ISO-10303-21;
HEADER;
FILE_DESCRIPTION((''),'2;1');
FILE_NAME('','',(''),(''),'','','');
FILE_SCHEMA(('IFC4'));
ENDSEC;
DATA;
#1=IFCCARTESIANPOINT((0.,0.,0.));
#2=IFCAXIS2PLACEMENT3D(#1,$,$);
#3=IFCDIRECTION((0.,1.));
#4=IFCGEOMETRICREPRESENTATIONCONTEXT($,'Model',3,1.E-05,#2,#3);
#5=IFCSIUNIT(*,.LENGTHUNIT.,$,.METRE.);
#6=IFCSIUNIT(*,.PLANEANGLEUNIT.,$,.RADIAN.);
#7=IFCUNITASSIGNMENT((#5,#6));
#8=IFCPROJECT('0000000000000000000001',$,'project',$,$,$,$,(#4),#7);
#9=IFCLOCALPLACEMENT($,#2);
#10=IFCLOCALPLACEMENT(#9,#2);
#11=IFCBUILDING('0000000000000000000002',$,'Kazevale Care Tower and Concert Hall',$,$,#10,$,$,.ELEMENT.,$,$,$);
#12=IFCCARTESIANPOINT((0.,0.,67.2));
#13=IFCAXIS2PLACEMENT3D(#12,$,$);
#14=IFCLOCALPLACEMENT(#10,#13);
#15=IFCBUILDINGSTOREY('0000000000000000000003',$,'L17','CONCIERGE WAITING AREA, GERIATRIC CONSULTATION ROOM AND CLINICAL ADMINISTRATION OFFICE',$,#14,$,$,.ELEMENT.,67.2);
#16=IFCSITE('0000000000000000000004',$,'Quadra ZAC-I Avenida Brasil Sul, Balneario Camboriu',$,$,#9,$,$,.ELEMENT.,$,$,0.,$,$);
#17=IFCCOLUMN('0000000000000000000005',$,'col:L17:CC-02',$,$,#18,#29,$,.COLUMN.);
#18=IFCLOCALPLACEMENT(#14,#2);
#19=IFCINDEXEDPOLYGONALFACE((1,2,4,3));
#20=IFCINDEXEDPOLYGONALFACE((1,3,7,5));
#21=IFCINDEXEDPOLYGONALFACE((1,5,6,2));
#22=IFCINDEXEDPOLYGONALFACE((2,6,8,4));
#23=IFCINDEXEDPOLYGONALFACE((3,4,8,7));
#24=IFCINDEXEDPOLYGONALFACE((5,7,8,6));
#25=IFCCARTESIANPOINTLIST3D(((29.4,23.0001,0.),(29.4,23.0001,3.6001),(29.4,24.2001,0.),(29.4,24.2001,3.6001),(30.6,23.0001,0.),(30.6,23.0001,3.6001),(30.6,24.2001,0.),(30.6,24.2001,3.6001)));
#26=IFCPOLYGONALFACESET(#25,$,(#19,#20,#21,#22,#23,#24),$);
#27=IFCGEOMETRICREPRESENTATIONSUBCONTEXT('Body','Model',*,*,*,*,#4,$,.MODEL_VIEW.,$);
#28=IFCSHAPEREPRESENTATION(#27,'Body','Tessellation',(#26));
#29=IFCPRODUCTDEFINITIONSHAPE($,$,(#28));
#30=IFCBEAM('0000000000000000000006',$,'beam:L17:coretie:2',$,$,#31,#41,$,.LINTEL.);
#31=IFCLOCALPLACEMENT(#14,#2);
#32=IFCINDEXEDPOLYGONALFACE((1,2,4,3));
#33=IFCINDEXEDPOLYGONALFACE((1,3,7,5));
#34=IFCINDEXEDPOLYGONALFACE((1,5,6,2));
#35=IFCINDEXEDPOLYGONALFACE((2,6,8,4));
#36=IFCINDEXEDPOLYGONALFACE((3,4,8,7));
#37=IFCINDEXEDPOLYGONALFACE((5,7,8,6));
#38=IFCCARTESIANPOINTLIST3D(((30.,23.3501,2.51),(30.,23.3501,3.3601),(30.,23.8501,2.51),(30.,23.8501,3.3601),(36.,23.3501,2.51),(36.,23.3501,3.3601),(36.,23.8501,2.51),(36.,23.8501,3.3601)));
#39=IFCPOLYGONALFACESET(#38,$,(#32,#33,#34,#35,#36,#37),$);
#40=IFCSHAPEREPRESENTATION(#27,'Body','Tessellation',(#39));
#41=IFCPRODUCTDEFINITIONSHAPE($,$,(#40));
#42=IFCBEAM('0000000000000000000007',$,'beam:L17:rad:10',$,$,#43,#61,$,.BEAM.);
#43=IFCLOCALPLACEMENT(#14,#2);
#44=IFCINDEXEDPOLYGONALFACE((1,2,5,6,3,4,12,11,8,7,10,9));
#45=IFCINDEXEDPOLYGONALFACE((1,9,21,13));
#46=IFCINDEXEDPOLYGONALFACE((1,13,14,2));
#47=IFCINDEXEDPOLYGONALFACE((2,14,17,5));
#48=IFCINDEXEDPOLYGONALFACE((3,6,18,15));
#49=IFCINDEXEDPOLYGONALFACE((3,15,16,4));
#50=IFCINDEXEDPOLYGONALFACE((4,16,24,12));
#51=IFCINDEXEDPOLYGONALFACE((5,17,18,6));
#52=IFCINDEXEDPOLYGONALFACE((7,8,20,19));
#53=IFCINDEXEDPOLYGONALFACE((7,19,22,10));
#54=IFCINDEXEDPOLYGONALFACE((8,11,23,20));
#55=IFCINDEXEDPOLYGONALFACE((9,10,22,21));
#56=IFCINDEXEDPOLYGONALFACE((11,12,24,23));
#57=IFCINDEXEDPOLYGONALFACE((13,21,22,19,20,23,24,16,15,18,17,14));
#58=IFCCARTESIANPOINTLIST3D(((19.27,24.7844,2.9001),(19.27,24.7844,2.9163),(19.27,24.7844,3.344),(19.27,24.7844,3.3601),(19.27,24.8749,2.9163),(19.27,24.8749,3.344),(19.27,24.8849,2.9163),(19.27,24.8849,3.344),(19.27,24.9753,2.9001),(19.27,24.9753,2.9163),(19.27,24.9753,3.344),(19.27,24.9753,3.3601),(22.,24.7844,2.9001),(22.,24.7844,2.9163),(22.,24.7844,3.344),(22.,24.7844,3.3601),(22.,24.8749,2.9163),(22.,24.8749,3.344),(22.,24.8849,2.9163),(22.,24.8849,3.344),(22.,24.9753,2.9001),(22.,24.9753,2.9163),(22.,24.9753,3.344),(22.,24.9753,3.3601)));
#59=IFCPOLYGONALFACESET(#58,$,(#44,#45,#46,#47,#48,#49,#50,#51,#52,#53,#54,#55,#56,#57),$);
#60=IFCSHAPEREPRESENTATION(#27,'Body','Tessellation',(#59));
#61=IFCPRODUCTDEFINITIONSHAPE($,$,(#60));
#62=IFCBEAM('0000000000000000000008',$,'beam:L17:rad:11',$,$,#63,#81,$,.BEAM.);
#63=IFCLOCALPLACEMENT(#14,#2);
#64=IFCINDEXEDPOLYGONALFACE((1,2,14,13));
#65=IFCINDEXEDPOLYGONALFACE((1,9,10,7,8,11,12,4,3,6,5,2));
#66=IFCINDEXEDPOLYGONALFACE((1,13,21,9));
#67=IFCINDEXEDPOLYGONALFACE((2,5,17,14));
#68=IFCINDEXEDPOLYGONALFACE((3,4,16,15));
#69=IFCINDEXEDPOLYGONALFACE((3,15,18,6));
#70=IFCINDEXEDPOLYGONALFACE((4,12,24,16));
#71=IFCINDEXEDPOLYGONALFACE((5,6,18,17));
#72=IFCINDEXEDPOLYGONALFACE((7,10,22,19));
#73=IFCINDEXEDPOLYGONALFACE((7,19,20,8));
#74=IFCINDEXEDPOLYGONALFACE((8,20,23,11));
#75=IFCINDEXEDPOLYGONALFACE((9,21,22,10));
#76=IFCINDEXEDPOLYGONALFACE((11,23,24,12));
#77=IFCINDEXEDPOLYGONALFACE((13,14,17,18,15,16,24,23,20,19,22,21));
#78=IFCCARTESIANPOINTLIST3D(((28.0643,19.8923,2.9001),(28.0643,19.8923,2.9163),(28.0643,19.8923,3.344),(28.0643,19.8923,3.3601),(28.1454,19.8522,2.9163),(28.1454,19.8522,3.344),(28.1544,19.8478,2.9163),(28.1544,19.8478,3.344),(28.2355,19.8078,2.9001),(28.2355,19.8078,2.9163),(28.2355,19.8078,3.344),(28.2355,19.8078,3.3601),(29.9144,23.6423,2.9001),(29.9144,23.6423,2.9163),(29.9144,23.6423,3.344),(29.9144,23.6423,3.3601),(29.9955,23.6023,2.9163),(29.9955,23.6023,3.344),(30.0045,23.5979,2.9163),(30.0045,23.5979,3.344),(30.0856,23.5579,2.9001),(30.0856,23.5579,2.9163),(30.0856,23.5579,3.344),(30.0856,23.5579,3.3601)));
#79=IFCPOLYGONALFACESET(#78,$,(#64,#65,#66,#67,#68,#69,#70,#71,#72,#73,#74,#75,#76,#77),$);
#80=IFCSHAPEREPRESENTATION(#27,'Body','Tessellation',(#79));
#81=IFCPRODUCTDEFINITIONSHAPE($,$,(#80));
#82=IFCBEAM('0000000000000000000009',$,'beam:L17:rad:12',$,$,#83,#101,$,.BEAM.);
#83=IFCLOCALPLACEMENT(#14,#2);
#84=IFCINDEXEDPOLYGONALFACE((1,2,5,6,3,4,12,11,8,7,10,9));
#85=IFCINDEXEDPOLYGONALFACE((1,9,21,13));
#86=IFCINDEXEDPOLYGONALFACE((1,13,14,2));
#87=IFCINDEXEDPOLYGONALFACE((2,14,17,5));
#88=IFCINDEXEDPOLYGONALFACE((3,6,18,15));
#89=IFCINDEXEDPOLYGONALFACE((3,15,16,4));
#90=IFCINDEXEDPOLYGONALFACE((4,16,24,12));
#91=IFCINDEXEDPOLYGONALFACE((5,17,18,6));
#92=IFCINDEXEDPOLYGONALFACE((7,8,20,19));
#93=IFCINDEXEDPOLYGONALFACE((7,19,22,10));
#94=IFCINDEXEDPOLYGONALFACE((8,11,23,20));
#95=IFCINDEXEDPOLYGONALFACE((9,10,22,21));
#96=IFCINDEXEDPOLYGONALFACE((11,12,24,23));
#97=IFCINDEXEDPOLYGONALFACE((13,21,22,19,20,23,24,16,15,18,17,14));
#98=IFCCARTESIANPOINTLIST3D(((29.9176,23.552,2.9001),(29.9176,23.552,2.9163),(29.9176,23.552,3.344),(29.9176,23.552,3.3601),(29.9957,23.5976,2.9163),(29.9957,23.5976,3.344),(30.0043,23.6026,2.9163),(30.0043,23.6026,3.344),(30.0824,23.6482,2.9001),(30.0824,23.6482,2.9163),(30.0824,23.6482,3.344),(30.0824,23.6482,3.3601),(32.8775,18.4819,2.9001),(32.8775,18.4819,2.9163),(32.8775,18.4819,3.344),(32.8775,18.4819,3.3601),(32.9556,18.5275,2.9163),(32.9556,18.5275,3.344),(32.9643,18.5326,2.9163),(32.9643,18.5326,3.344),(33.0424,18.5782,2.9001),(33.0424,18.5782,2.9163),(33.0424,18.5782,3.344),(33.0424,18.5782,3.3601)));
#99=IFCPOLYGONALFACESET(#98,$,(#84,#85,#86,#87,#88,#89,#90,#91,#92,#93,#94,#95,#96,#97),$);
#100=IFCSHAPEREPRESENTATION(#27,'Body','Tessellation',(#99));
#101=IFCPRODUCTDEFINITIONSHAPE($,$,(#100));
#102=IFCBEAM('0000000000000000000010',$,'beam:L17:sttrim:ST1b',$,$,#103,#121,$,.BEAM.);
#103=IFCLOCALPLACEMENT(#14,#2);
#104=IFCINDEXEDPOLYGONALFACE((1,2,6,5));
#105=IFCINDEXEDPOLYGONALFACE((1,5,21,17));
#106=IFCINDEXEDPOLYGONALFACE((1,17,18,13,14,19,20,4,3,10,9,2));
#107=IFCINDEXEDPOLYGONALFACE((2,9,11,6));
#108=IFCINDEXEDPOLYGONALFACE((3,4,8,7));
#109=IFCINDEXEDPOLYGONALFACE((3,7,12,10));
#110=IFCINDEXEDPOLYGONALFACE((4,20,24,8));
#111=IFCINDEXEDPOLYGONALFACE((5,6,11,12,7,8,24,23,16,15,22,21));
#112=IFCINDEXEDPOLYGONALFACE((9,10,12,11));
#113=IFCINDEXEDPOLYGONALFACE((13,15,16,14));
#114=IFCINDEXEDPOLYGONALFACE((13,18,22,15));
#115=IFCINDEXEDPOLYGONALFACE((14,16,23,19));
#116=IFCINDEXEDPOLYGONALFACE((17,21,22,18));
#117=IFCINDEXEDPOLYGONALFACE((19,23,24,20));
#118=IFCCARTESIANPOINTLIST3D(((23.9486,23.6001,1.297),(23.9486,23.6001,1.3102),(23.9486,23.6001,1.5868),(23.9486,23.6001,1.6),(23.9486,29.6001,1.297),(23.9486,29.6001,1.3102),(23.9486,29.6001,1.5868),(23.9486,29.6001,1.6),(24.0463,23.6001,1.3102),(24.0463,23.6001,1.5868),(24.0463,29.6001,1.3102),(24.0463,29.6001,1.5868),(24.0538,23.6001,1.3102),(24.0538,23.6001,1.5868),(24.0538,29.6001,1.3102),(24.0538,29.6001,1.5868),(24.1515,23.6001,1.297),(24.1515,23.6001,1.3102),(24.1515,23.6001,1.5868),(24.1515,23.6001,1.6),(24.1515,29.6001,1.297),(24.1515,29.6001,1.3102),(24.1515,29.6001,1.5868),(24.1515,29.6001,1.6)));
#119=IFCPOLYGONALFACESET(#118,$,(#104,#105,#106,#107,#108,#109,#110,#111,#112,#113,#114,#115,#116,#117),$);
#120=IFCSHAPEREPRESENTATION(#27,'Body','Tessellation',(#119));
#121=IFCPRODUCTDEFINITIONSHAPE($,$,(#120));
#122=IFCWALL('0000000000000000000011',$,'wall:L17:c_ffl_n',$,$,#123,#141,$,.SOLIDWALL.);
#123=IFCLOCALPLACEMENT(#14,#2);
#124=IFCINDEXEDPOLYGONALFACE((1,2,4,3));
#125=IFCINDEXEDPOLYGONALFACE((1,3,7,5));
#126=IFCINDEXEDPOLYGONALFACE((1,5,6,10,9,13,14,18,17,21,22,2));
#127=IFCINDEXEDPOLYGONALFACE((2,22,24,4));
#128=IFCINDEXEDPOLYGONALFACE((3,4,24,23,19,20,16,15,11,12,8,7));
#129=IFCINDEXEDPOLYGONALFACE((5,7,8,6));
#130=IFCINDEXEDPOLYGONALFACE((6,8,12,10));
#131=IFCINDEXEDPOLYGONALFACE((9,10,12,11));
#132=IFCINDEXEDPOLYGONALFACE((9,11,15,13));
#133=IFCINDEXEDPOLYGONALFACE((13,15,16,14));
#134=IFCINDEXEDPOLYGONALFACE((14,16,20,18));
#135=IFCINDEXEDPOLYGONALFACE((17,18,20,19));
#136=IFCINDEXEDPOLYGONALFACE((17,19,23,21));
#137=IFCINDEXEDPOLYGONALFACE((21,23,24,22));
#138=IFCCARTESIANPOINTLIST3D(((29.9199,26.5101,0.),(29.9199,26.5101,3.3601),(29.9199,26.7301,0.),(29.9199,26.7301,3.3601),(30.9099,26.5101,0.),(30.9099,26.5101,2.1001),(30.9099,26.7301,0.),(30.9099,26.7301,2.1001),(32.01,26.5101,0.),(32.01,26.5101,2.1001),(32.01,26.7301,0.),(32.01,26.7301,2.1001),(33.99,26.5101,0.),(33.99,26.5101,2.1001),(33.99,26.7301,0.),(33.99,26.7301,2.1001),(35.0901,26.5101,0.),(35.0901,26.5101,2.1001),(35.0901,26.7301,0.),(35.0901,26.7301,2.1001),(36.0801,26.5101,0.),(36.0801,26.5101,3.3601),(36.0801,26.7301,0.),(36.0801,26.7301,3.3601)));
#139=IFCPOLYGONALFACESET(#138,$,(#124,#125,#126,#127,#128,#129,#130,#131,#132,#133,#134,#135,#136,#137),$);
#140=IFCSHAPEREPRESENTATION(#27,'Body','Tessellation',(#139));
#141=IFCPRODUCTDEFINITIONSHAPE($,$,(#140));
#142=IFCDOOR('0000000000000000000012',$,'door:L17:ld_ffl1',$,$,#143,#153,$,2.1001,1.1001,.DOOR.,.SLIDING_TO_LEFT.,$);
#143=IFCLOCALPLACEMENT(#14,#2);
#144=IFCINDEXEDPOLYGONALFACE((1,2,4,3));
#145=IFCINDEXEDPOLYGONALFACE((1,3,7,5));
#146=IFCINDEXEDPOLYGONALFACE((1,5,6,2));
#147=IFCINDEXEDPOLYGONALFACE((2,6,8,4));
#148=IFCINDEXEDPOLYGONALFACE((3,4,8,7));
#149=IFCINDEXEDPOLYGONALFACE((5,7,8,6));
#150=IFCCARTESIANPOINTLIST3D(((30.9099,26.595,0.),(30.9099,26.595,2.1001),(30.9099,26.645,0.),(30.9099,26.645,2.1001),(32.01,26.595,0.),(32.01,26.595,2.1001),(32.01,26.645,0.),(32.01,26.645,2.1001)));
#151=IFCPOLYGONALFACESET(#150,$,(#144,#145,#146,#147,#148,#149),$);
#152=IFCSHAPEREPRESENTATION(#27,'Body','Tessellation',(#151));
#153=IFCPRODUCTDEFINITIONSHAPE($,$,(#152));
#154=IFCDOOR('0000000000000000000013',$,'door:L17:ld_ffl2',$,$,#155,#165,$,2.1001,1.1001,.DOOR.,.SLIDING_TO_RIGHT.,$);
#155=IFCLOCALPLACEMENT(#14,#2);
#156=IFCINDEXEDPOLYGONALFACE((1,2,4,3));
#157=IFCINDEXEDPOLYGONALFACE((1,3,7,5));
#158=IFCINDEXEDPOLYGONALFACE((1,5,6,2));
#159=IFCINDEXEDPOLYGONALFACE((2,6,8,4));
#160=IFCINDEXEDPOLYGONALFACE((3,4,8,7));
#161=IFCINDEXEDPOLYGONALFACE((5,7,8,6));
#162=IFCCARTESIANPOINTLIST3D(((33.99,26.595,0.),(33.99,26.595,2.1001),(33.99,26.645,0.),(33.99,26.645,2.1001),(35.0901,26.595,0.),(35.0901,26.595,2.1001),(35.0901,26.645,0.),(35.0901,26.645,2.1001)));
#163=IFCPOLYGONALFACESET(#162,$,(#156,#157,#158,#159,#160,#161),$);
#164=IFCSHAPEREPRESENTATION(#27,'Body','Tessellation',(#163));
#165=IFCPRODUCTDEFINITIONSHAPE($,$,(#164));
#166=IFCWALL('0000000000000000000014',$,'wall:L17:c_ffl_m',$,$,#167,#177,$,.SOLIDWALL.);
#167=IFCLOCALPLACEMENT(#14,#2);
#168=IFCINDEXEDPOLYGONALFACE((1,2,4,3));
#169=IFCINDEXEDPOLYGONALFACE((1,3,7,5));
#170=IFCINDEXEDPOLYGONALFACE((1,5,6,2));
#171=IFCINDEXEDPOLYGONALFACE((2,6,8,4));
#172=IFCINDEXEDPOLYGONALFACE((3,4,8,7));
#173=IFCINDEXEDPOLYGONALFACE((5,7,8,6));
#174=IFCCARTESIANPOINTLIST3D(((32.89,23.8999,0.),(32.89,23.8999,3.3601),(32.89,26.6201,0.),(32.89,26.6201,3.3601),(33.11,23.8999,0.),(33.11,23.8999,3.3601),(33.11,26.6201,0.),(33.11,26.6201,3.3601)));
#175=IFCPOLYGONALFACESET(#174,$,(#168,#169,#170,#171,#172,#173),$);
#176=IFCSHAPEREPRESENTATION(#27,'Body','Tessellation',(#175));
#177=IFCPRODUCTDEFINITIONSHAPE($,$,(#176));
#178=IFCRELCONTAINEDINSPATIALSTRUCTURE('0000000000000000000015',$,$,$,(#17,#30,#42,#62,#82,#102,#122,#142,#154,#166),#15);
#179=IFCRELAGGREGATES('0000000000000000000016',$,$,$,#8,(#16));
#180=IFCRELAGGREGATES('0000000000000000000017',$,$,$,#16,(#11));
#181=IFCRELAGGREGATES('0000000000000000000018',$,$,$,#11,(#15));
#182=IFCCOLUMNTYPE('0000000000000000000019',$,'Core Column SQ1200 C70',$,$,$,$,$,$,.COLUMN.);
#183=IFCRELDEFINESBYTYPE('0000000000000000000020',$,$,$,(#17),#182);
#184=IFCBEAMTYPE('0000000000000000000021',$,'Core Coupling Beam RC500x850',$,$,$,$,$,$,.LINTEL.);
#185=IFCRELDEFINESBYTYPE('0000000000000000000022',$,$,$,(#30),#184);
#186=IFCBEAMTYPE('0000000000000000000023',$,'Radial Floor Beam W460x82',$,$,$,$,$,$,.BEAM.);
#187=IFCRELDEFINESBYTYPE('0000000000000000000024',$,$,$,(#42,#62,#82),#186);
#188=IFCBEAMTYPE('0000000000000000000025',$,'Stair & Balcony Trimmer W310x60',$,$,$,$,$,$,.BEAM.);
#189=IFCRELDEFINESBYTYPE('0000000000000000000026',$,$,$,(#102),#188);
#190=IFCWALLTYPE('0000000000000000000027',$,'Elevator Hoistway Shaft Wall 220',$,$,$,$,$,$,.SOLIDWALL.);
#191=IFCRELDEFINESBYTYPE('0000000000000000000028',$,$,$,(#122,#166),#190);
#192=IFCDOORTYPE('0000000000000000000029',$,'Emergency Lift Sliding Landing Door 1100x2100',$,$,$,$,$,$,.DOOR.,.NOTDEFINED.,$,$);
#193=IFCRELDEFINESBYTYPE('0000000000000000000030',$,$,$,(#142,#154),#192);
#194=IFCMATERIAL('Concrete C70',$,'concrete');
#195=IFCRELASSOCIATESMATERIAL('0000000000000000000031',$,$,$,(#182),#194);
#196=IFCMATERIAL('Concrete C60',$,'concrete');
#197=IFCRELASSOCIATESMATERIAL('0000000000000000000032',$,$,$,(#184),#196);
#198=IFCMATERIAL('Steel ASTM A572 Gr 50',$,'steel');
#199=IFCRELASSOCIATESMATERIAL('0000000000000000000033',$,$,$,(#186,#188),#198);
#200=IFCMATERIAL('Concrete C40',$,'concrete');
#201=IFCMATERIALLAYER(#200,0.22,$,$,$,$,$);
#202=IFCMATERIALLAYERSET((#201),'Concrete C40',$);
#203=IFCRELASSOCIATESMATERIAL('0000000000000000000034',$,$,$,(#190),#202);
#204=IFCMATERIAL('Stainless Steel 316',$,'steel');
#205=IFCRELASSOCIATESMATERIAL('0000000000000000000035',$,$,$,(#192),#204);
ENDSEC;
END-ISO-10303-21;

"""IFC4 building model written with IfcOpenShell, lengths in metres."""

from ifc_helpers import new_model, si_unit, direction, frame, frame_2d, origin, origin_2d, place, context, subcontext, project, spatial, rectangle, i_section, extrude, material, layer, layer_set, material_profile, profile_set, type_object, element, fill, save


model = new_model("IFC4")

# Units and contexts
model_context = context("Model", 3, precision=1e-05, world=origin(), true_north=direction((0.0, 1.0)))
body_context = subcontext(model_context, "Body", "Model", "MODEL_VIEW")
ifc_project = project(units=[si_unit("LENGTHUNIT", "METRE"), si_unit("PLANEANGLEUNIT", "RADIAN")], contexts=[model_context])

# Site, building, storey
site_placement = place(None, origin())
site = spatial("IfcSite", under=ifc_project, at=site_placement, Name="Quadra ZAC-I Avenida Brasil Sul, Balneario Camboriu", CompositionType="ELEMENT", RefElevation=0.0)
building_placement = place(site_placement, origin())
building = spatial("IfcBuilding", under=site, at=building_placement, Name="Kazevale Care Tower and Concert Hall", CompositionType="ELEMENT")
storey_placement = place(building_placement, frame((0.0, 0.0, 67.2)))
storey = spatial("IfcBuildingStorey", under=building, at=storey_placement, Name="L17", Description="CONCIERGE WAITING AREA, GERIATRIC CONSULTATION ROOM AND CLINICAL ADMINISTRATION OFFICE", CompositionType="ELEMENT", Elevation=67.2)

# Column
ifc_material_1 = material(Name="Concrete C70", Category="concrete")
ifc_material_profile_1 = material_profile(ifc_material_1, rectangle(XDim=1.2, YDim=1.2, at=origin_2d()), Name="RC-SQ1200")
ifc_profile_set_1 = profile_set([ifc_material_profile_1], Name="Concrete C70")
column_type = type_object("IfcColumnType", Name="Core Column SQ1200 C70", PredefinedType="COLUMN", material=ifc_profile_set_1)
column_placement = place(storey_placement, frame((30.0, 23.6001, 0.0), z_axis=(0.0, 0.0, 1.0), x_axis=(1.0, 0.0, 0.0)))
element("IfcColumn", 1, at=column_placement, inside=storey, type_object=column_type, Name="col:L17:CC-02", PredefinedType="COLUMN", context=body_context, shape_type="SweptSolid", body=[
    extrude(rectangle(XDim=1.2, YDim=1.2, at=origin_2d()), origin(), (0.0, 0.0, 1.0), 3.6001),
])

# Beams
ifc_material_2 = material(Name="Concrete C60", Category="concrete")
ifc_material_profile_2 = material_profile(ifc_material_2, rectangle(XDim=0.5, YDim=0.8501, at=origin_2d()), Name="RC-B500x850")
ifc_profile_set_2 = profile_set([ifc_material_profile_2], Name="Concrete C60")
beam_type_1 = type_object("IfcBeamType", Name="Core Coupling Beam RC500x850", PredefinedType="LINTEL", material=ifc_profile_set_2)
beam_1_placement = place(storey_placement, frame((30.0, 23.6001, 2.9351), z_axis=(1.0, 0.0, 0.0), x_axis=(0.0, 1.0, 0.0)))
element("IfcBeam", 2, at=beam_1_placement, inside=storey, type_object=beam_type_1, Name="beam:L17:coretie:2", PredefinedType="LINTEL", context=body_context, shape_type="SweptSolid", body=[
    extrude(rectangle(XDim=0.5, YDim=0.8501, at=origin_2d()), origin(), (0.0, 0.0, 1.0), 6.0),
])
ifc_material_3 = material(Name="Steel ASTM A572 Gr 50", Category="steel")
ifc_material_profile_3 = material_profile(ifc_material_3, i_section(OverallWidth=0.1909, OverallDepth=0.46, WebThickness=0.01, FlangeThickness=0.0161, at=origin_2d()), Name="W460x82")
ifc_profile_set_3 = profile_set([ifc_material_profile_3], Name="Steel ASTM A572 Gr 50")
beam_type_2 = type_object("IfcBeamType", Name="Radial Floor Beam W460x82", PredefinedType="BEAM", material=ifc_profile_set_3)
beam_2_placement = place(storey_placement, frame((22.0, 24.8799, 3.1301), z_axis=(-1.0, 0.0, 0.0), x_axis=(0.0, -1.0, 0.0)))
element("IfcBeam", 3, at=beam_2_placement, inside=storey, type_object=beam_type_2, Name="beam:L17:rad:10", PredefinedType="BEAM", context=body_context, shape_type="SweptSolid", body=[
    extrude(i_section(OverallWidth=0.1909, OverallDepth=0.46, WebThickness=0.01, FlangeThickness=0.0161, at=origin_2d()), origin(), (0.0, 0.0, 1.0), 2.73),
])
beam_3_placement = place(storey_placement, frame((30.0, 23.6001, 3.1301), z_axis=(-0.442443, -0.896797, 0.0), x_axis=(0.896797, -0.442443, 0.0)))
element("IfcBeam", 4, at=beam_3_placement, inside=storey, type_object=beam_type_2, Name="beam:L17:rad:11", PredefinedType="BEAM", context=body_context, shape_type="SweptSolid", body=[
    extrude(i_section(OverallWidth=0.1909, OverallDepth=0.46, WebThickness=0.01, FlangeThickness=0.0161, at=origin_2d()), origin(), (0.0, 0.0, 1.0), 4.1816),
])
beam_4_placement = place(storey_placement, frame((30.0, 23.6001, 3.1301), z_axis=(0.504179, -0.863599, 0.0), x_axis=(0.863599, 0.504179, 0.0)))
element("IfcBeam", 5, at=beam_4_placement, inside=storey, type_object=beam_type_2, Name="beam:L17:rad:12", PredefinedType="BEAM", context=body_context, shape_type="SweptSolid", body=[
    extrude(i_section(OverallWidth=0.1909, OverallDepth=0.46, WebThickness=0.01, FlangeThickness=0.0161, at=origin_2d()), origin(), (0.0, 0.0, 1.0), 5.8708),
])
ifc_material_profile_4 = material_profile(ifc_material_3, i_section(OverallWidth=0.2029, OverallDepth=0.303, WebThickness=0.0076, FlangeThickness=0.0132, at=origin_2d()), Name="W310x60")
ifc_profile_set_4 = profile_set([ifc_material_profile_4], Name="Steel ASTM A572 Gr 50")
beam_type_3 = type_object("IfcBeamType", Name="Stair & Balcony Trimmer W310x60", PredefinedType="BEAM", material=ifc_profile_set_4)
beam_5_placement = place(storey_placement, frame((24.05, 23.6001, 1.4485), z_axis=(0.0, 1.0, 0.0), x_axis=(-1.0, 0.0, 0.0)))
element("IfcBeam", 6, at=beam_5_placement, inside=storey, type_object=beam_type_3, Name="beam:L17:sttrim:ST1b", PredefinedType="BEAM", context=body_context, shape_type="SweptSolid", body=[
    extrude(i_section(OverallWidth=0.2029, OverallDepth=0.303, WebThickness=0.0076, FlangeThickness=0.0132, at=origin_2d()), origin(), (0.0, 0.0, 1.0), 6.0),
])

# Wall, openings, doors
ifc_material_4 = material(Name="Concrete C40", Category="concrete")
ifc_layer_1 = layer(ifc_material_4, 0.22)
ifc_layer_set_1 = layer_set([ifc_layer_1], Name="Concrete C40")
wall_type_1 = type_object("IfcWallType", Name="Elevator Hoistway Shaft Wall 220", PredefinedType="SOLIDWALL", material=ifc_layer_set_1)
wall_1_placement = place(storey_placement, frame((29.9199, 26.6201, 0.0), z_axis=(0.0, 0.0, 1.0), x_axis=(1.0, 0.0, 0.0)))
wall_1 = element("IfcWall", 7, at=wall_1_placement, inside=storey, type_object=wall_type_1, Name="wall:L17:c_ffl_n", PredefinedType="SOLIDWALL", context=body_context, shape_type="SweptSolid", body=[
    extrude(rectangle(XDim=6.1602, YDim=0.22, at=frame_2d((3.0801, 0.0))), origin(), (0.0, 0.0, 1.0), 3.3601),
])
opening_1_placement = place(wall_1_placement, frame((0.99, 0.0, 0.0)))
opening_1 = element("IfcOpeningElement", 8, at=opening_1_placement, cuts=wall_1, PredefinedType="OPENING", context=body_context, shape_type="SweptSolid", body=[
    extrude(rectangle(XDim=1.1001, YDim=2.1001, at=frame_2d((0.55, 1.05))), frame((0.0, 0.1199, 0.0), z_axis=(0.0, -1.0, 0.0), x_axis=(1.0, 0.0, 0.0)), (0.0, 0.0, 1.0), 0.24),
])
opening_2_placement = place(wall_1_placement, frame((4.0701, 0.0, 0.0)))
opening_2 = element("IfcOpeningElement", 9, at=opening_2_placement, cuts=wall_1, PredefinedType="OPENING", context=body_context, shape_type="SweptSolid", body=[
    extrude(rectangle(XDim=1.1001, YDim=2.1001, at=frame_2d((0.55, 1.05))), frame((0.0, 0.1199, 0.0), z_axis=(0.0, -1.0, 0.0), x_axis=(1.0, 0.0, 0.0)), (0.0, 0.0, 1.0), 0.24),
])
ifc_material_5 = material(Name="Stainless Steel 316", Category="steel")
door_type_1 = type_object("IfcDoorType", Name="Emergency Lift Sliding Landing Door 1100x2100", OperationType="NOTDEFINED", PredefinedType="DOOR", material=ifc_material_5)
door_1_placement = place(opening_1_placement, origin())
door_1 = element("IfcDoor", 10, at=door_1_placement, inside=storey, type_object=door_type_1, Name="door:L17:ld_ffl1", OperationType="SLIDING_TO_LEFT", OverallHeight=2.1001, OverallWidth=1.1001, PredefinedType="DOOR", context=body_context, shape_type="SweptSolid", body=[
    extrude(rectangle(XDim=1.1001, YDim=2.1001, at=frame_2d((0.55, 1.05))), frame((0.0, 0.0249, 0.0), z_axis=(0.0, -1.0, 0.0), x_axis=(1.0, 0.0, 0.0)), (0.0, 0.0, 1.0), 0.05),
])
fill(opening_1, door_1)
door_2_placement = place(opening_2_placement, origin())
door_2 = element("IfcDoor", 11, at=door_2_placement, inside=storey, type_object=door_type_1, Name="door:L17:ld_ffl2", OperationType="SLIDING_TO_RIGHT", OverallHeight=2.1001, OverallWidth=1.1001, PredefinedType="DOOR", context=body_context, shape_type="SweptSolid", body=[
    extrude(rectangle(XDim=1.1001, YDim=2.1001, at=frame_2d((0.55, 1.05))), frame((0.0, 0.0249, 0.0), z_axis=(0.0, -1.0, 0.0), x_axis=(1.0, 0.0, 0.0)), (0.0, 0.0, 1.0), 0.05),
])
fill(opening_2, door_2)

# Wall
wall_2_placement = place(storey_placement, frame((33.0, 23.8999, 0.0), z_axis=(0.0, 0.0, 1.0), x_axis=(0.0, 1.0, 0.0)))
element("IfcWall", 12, at=wall_2_placement, inside=storey, type_object=wall_type_1, Name="wall:L17:c_ffl_m", PredefinedType="SOLIDWALL", context=body_context, shape_type="SweptSolid", body=[
    extrude(rectangle(XDim=2.7202, YDim=0.22, at=frame_2d((1.3601, 0.0))), origin(), (0.0, 0.0, 1.0), 3.3601),
])

save(model, "model.ifc")
